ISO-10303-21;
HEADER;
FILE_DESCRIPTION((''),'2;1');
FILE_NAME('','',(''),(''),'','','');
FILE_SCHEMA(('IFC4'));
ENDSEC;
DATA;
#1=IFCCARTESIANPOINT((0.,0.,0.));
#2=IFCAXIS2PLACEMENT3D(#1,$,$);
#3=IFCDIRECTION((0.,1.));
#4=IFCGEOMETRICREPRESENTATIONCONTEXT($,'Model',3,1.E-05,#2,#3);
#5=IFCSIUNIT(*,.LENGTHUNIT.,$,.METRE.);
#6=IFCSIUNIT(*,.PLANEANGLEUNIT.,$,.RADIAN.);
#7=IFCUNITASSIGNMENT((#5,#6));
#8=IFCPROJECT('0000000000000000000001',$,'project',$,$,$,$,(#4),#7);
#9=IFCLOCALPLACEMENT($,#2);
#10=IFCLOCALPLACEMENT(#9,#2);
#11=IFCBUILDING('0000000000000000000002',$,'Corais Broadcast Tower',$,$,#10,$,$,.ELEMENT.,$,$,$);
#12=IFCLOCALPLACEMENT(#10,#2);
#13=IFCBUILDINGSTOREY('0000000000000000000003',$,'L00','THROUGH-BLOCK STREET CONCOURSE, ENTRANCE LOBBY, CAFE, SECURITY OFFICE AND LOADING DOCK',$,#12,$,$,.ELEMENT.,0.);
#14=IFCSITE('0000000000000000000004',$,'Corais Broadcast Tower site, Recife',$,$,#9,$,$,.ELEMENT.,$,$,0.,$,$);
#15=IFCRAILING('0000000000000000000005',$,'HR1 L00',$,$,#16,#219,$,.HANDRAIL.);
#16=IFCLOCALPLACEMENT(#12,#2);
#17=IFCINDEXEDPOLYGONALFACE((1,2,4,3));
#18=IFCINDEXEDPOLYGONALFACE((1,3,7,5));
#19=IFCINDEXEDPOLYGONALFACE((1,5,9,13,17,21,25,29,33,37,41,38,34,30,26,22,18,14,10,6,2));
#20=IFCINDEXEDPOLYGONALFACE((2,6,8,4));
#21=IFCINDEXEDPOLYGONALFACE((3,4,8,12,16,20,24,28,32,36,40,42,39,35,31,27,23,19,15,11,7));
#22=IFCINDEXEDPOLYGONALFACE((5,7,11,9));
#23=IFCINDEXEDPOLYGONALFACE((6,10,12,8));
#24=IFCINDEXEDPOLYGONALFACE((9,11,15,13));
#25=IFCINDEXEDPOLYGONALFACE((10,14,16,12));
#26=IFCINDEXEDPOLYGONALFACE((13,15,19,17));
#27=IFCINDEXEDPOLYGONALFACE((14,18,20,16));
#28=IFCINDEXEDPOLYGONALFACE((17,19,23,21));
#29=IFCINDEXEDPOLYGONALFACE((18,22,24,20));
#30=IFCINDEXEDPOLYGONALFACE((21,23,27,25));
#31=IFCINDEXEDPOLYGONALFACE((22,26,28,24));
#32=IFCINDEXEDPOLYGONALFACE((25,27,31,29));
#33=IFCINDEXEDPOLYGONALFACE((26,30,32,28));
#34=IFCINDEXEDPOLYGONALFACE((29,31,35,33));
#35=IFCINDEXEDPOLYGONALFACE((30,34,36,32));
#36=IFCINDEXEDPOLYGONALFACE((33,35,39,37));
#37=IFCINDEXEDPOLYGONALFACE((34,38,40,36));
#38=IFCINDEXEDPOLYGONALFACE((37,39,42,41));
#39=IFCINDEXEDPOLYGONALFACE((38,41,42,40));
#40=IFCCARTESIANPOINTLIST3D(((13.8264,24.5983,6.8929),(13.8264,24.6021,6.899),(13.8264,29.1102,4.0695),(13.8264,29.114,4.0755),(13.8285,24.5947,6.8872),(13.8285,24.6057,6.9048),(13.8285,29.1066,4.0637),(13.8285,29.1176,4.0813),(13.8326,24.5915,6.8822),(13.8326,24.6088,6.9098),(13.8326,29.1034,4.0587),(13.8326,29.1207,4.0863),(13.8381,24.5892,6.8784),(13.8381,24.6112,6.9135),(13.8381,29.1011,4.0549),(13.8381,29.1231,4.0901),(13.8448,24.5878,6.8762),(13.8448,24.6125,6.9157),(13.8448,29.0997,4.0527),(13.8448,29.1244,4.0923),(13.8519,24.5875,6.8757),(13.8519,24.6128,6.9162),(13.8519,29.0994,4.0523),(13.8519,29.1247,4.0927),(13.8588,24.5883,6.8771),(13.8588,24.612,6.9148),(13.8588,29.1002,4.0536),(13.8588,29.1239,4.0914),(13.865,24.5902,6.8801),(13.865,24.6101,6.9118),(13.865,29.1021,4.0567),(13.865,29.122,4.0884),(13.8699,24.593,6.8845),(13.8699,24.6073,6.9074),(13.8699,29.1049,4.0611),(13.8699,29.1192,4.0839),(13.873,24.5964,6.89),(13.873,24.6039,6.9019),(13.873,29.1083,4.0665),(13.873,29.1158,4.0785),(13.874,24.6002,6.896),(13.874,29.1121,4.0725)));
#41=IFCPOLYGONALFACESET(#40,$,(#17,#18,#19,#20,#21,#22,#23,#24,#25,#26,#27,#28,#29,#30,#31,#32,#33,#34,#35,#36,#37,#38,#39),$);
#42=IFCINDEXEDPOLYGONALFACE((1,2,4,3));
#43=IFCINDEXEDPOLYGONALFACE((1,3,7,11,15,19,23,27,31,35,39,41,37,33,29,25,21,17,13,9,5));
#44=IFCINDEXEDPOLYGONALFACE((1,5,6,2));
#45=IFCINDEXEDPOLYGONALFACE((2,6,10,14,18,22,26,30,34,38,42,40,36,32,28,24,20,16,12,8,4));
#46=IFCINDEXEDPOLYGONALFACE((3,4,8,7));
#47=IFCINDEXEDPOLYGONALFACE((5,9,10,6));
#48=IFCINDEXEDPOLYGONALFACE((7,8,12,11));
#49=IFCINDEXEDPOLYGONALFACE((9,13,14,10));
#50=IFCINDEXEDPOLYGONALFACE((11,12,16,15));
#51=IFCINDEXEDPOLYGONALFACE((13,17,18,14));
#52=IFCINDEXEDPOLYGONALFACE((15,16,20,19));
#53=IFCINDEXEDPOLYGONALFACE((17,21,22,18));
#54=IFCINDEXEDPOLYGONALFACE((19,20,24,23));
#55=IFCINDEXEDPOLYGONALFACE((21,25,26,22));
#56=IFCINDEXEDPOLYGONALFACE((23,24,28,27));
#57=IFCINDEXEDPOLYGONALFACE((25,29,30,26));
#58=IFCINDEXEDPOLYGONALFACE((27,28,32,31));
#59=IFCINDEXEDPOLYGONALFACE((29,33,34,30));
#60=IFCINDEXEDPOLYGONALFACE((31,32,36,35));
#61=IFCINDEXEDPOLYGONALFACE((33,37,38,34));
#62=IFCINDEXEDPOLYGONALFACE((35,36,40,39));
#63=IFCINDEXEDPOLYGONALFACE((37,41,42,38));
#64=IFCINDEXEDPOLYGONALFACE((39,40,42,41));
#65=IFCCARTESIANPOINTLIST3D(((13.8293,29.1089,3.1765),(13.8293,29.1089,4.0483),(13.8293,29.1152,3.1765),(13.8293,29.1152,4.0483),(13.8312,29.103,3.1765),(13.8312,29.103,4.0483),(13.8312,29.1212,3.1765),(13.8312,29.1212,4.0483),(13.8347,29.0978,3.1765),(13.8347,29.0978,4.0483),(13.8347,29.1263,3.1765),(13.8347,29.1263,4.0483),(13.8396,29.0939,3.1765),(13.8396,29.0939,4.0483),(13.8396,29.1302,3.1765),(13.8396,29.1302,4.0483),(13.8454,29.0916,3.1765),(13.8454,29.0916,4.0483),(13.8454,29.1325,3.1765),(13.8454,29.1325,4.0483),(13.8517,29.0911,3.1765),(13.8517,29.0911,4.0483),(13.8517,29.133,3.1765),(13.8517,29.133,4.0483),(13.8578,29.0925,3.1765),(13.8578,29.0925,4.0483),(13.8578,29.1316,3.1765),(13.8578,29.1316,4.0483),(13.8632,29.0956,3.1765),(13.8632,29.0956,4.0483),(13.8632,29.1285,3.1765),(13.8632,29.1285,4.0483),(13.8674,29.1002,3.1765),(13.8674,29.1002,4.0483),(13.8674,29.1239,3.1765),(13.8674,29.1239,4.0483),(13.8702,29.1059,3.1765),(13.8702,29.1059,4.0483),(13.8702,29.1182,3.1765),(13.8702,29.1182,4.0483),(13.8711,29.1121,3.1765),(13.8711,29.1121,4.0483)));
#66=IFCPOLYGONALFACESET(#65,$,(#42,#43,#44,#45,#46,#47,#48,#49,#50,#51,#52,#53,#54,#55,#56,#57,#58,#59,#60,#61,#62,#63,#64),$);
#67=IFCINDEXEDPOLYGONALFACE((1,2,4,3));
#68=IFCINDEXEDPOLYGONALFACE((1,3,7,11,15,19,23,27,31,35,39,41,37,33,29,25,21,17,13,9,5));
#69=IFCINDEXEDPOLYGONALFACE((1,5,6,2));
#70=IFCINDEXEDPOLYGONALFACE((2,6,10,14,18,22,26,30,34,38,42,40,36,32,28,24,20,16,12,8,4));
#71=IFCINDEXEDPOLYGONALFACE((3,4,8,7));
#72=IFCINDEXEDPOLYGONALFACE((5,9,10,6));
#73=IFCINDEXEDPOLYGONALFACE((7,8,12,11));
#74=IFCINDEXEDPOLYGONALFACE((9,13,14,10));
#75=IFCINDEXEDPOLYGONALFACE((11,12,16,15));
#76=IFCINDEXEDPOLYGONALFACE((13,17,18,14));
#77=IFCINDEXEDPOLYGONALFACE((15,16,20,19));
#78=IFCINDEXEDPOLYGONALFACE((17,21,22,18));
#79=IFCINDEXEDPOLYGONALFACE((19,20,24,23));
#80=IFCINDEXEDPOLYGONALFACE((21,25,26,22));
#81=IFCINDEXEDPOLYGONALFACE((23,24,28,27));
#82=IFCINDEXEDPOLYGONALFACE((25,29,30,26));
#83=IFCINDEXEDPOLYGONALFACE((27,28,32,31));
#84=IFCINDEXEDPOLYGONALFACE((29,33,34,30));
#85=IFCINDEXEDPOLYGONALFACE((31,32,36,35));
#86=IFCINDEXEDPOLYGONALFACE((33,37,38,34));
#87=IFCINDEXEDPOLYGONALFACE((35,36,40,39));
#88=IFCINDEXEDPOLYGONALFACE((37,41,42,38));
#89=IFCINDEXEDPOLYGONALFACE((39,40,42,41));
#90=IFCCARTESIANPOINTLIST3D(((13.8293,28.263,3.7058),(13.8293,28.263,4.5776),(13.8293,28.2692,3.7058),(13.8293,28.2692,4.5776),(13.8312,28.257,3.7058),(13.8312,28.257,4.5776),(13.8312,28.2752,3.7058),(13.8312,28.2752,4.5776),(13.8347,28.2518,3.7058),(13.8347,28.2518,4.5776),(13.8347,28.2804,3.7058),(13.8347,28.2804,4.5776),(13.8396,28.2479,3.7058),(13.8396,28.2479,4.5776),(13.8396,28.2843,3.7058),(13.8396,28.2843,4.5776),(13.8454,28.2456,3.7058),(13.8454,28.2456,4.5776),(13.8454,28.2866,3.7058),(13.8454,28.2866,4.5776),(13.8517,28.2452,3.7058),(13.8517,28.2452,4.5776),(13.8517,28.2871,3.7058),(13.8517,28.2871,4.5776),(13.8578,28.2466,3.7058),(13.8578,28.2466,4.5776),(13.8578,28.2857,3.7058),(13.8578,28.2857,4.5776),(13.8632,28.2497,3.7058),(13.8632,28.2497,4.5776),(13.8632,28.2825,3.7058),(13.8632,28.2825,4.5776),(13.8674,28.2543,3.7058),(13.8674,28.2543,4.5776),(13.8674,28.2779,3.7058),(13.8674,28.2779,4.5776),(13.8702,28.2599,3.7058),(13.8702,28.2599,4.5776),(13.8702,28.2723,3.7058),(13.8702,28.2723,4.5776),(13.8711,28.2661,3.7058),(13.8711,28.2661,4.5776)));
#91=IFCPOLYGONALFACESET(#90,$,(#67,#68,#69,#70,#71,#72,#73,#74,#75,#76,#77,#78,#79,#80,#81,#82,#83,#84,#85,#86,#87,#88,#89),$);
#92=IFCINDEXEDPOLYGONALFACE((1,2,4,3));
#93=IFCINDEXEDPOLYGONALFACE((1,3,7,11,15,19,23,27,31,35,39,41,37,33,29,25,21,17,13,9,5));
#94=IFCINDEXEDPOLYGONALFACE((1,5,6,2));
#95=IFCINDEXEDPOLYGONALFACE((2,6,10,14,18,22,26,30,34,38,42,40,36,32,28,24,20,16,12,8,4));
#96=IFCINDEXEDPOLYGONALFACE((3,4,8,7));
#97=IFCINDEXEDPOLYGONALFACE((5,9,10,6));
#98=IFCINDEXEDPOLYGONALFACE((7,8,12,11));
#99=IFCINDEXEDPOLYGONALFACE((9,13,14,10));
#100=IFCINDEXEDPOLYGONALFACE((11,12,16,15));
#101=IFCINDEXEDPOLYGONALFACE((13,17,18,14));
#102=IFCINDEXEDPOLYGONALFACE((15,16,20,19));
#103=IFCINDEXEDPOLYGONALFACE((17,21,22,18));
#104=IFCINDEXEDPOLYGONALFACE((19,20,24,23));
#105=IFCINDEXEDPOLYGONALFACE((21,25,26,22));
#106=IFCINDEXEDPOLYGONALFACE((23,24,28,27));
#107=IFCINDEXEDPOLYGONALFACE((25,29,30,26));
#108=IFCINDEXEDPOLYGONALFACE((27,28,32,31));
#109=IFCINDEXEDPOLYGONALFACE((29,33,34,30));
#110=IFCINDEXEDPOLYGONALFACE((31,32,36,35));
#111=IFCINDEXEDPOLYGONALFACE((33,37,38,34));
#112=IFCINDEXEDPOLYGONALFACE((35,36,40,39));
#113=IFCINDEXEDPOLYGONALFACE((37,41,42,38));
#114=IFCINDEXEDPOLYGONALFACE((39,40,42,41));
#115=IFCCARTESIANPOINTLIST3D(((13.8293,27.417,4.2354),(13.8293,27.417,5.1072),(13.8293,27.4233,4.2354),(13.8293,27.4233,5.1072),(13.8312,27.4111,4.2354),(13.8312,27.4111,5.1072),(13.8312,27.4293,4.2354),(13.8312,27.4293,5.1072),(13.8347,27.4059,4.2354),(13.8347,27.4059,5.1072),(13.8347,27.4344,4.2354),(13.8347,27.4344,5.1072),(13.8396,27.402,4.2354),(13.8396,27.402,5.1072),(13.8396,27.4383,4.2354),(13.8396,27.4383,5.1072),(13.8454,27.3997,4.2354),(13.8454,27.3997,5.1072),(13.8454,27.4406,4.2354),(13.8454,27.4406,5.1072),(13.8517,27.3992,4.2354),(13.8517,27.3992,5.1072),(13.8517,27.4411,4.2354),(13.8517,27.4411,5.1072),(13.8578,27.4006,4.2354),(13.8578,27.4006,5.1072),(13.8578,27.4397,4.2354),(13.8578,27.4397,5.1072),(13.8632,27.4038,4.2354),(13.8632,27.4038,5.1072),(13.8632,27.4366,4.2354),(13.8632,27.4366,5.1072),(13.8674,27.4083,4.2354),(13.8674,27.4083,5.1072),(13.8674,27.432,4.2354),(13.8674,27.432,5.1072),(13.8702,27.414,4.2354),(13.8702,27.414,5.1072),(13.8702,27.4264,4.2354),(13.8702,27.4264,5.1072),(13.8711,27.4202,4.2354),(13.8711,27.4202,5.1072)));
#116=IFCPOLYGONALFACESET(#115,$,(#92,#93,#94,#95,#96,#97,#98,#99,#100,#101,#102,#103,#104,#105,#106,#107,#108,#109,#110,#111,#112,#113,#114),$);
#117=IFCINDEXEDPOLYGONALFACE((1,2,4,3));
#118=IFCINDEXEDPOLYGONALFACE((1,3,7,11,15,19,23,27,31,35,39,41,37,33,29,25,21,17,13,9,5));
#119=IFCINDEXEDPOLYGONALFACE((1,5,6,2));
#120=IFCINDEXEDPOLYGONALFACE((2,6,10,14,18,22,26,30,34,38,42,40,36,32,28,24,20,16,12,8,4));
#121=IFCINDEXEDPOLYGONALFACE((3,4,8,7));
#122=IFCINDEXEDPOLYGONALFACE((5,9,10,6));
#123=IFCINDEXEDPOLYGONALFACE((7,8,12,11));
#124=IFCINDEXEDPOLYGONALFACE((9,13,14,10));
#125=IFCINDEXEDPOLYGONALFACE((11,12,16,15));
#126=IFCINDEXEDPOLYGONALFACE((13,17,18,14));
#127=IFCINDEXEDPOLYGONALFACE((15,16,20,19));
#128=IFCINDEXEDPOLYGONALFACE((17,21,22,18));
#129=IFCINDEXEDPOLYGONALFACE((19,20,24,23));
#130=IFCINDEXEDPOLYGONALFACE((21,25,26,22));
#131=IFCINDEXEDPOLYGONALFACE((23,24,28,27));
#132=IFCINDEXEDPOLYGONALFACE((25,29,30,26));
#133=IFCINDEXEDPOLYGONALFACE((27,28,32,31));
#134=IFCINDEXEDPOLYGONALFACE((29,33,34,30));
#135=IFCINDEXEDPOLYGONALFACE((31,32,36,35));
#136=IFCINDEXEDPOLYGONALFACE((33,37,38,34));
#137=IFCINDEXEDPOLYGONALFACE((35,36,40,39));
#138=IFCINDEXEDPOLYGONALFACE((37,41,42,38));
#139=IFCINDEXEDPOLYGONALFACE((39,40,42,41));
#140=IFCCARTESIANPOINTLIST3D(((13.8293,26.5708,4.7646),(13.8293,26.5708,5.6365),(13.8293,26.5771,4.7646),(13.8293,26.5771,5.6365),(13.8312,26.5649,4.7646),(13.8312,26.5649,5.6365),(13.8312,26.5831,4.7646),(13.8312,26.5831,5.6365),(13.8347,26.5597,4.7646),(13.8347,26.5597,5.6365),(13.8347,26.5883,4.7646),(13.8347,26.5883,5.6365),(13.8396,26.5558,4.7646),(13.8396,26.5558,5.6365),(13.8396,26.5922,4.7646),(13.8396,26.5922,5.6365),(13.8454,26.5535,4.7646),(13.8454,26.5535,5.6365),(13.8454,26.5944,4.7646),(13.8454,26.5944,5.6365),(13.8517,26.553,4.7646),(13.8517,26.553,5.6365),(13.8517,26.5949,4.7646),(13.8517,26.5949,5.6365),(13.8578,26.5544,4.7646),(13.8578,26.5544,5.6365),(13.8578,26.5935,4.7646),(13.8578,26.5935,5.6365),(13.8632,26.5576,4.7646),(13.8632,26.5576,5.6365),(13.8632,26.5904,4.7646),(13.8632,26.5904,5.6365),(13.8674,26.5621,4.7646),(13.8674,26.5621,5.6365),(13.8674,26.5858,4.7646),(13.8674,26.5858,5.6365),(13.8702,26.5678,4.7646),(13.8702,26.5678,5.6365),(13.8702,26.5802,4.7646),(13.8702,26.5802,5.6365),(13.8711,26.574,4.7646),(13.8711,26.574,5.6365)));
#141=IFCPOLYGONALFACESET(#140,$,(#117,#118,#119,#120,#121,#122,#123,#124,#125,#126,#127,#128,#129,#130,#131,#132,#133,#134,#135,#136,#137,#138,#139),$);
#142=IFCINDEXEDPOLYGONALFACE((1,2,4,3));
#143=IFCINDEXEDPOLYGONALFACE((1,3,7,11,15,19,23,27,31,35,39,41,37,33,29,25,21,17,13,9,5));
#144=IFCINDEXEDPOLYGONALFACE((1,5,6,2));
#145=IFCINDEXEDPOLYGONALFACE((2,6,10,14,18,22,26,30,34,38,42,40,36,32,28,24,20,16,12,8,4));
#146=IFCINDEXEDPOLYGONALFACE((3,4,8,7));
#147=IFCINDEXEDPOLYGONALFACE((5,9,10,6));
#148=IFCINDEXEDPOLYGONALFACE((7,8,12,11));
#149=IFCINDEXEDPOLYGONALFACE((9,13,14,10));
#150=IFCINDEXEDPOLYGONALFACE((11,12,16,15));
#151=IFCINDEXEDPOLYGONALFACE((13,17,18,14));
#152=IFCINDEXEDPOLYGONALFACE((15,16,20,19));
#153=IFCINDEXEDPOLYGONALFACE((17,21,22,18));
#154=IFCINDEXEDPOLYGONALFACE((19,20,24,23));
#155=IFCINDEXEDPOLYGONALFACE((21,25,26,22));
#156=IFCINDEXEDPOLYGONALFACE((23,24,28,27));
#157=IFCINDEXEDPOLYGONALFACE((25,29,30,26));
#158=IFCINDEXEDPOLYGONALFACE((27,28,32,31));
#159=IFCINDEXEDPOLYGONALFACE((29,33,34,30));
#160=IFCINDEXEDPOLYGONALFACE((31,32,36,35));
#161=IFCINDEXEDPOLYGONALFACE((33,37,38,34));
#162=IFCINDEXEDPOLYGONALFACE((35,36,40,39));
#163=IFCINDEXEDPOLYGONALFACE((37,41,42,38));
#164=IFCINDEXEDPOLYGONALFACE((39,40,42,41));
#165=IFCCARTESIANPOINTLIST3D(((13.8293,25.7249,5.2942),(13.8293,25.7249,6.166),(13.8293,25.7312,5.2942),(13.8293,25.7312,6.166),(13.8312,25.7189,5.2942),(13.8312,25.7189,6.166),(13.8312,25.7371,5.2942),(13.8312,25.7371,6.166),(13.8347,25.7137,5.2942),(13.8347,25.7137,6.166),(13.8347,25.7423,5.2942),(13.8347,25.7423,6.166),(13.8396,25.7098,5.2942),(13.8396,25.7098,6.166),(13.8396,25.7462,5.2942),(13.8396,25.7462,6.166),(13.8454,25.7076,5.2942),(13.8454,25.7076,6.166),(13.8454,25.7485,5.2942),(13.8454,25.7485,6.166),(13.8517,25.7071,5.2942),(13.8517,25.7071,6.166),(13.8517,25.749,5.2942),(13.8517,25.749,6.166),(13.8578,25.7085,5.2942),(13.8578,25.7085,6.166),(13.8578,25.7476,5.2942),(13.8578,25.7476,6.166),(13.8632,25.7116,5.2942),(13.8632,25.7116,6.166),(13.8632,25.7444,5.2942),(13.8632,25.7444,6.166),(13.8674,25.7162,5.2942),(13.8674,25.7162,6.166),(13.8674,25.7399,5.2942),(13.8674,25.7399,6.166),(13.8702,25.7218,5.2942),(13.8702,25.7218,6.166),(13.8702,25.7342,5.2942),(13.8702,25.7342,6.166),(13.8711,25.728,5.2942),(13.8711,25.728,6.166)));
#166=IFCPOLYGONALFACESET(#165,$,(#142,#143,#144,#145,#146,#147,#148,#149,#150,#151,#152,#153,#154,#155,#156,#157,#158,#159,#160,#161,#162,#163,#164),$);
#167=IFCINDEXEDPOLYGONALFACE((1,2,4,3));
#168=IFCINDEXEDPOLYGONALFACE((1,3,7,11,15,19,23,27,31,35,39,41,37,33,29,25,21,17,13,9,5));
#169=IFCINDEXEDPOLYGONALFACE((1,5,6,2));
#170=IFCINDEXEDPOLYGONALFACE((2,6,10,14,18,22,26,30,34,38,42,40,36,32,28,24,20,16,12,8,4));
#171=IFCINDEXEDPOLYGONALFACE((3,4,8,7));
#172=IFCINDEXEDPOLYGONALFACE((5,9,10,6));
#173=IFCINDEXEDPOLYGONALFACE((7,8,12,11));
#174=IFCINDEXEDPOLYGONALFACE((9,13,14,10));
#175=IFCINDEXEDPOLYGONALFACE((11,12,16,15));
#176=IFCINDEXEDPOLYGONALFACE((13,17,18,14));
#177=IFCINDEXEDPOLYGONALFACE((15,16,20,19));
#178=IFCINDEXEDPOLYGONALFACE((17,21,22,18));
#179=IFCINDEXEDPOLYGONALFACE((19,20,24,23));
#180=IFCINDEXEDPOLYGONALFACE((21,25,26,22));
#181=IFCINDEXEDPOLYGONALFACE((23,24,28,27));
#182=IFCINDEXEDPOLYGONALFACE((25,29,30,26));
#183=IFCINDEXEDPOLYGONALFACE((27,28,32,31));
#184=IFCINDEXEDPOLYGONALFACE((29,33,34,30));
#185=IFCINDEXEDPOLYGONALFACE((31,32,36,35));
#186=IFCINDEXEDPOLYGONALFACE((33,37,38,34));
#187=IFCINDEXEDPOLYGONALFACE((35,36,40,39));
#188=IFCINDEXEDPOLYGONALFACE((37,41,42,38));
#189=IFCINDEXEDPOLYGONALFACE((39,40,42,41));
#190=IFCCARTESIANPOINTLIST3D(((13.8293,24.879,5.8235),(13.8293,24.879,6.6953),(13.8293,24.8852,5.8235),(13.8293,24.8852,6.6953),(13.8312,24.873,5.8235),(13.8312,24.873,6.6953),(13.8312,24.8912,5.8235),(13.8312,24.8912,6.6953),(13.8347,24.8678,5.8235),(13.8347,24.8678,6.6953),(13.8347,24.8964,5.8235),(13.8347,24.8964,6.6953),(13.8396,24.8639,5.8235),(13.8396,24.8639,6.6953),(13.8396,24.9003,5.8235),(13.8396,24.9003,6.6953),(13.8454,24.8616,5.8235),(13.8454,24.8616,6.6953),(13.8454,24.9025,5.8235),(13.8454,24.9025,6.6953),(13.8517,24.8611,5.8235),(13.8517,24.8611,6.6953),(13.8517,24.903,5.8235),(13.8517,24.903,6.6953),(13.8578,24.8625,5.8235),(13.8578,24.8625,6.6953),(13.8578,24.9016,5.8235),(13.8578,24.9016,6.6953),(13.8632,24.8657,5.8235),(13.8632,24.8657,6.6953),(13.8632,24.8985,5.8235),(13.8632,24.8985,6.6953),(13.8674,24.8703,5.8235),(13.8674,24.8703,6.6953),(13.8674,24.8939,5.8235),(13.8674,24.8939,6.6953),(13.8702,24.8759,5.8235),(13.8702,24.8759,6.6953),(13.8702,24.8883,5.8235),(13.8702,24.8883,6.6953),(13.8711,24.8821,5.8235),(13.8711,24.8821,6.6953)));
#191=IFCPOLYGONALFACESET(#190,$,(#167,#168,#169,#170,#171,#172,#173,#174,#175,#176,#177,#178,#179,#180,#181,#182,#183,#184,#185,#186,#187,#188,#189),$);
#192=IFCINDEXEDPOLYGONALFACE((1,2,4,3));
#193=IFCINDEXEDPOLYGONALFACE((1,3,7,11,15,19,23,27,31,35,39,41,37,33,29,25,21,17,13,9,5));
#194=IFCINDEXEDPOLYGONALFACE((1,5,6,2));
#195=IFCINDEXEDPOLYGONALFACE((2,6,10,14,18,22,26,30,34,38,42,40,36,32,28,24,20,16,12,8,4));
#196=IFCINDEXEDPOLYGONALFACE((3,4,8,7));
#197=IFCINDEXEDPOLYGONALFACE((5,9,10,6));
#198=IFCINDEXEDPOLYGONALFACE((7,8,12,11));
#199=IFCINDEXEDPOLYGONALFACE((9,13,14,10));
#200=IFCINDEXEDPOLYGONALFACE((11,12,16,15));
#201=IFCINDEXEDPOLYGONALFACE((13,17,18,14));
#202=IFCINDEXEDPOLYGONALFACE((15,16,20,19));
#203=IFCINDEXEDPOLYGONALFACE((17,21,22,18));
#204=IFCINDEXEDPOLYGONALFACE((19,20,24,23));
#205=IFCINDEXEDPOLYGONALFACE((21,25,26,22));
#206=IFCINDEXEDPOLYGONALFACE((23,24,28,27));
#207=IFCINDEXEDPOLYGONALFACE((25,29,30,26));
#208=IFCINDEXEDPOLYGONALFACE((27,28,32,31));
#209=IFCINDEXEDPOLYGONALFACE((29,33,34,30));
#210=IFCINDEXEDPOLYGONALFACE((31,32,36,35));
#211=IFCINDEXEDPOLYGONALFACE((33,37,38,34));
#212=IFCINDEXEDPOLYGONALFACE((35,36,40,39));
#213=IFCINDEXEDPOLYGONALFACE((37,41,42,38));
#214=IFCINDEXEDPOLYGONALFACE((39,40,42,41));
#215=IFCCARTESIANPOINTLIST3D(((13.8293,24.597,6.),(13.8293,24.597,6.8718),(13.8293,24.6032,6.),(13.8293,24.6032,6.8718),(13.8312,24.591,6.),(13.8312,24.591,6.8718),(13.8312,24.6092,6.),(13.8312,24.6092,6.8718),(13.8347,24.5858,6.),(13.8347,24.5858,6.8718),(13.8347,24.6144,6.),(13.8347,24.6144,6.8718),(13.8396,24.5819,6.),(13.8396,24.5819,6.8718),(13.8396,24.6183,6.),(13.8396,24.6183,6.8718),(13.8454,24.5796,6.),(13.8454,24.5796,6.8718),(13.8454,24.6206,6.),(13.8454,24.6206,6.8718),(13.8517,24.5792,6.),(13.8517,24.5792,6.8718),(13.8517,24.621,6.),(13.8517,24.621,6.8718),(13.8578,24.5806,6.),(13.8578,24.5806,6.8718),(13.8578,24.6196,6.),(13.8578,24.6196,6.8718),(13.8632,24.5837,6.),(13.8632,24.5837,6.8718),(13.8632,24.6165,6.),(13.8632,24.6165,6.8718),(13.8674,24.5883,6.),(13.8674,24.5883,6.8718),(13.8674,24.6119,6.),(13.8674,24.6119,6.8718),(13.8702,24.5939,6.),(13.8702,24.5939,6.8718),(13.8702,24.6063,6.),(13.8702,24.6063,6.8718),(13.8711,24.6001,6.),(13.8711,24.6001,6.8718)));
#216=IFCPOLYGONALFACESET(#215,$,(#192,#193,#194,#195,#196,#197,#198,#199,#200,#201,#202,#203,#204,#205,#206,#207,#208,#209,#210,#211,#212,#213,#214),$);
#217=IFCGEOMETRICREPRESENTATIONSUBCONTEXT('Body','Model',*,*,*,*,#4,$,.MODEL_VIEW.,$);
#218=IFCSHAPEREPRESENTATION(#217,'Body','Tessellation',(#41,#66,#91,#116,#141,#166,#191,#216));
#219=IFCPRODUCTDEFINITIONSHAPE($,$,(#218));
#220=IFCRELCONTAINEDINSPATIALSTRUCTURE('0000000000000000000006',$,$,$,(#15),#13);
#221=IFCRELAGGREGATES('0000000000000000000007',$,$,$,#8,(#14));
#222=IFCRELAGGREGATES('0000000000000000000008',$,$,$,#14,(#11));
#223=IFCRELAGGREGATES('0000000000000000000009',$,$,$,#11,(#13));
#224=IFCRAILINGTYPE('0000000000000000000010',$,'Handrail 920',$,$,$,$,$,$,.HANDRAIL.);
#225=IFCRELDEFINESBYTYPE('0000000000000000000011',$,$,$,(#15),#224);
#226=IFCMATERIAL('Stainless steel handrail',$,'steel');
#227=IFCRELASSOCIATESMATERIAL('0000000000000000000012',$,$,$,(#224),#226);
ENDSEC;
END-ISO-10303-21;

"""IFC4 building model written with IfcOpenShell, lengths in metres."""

from ifc_helpers import new_model, si_unit, direction, frame, origin, origin_2d, place, context, subcontext, project, spatial, circle, extrude, material, type_object, element, save


model = new_model("IFC4")

# Units and contexts
model_context = context("Model", 3, precision=1e-05, world=origin(), true_north=direction((0.0, 1.0)))
body_context = subcontext(model_context, "Body", "Model", "MODEL_VIEW")
ifc_project = project(units=[si_unit("LENGTHUNIT", "METRE"), si_unit("PLANEANGLEUNIT", "RADIAN")], contexts=[model_context])

# Site, building, storey
site_placement = place(None, origin())
site = spatial("IfcSite", under=ifc_project, at=site_placement, Name="Corais Broadcast Tower site, Recife", CompositionType="ELEMENT", RefElevation=0.0)
building_placement = place(site_placement, origin())
building = spatial("IfcBuilding", under=site, at=building_placement, Name="Corais Broadcast Tower", CompositionType="ELEMENT")
storey_placement = place(building_placement, origin())
storey = spatial("IfcBuildingStorey", under=building, at=storey_placement, Name="L00", Description="THROUGH-BLOCK STREET CONCOURSE, ENTRANCE LOBBY, CAFE, SECURITY OFFICE AND LOADING DOCK", CompositionType="ELEMENT", Elevation=0.0)

# Railing
ifc_material_1 = material(Name="Stainless steel handrail", Category="steel")
railing_type = type_object("IfcRailingType", Name="Handrail 920", PredefinedType="HANDRAIL", material=ifc_material_1)
for number, where, name in (
    (1, (13.8501, 29.1121, 3.1765), "HR1 L00"),
):
    element("IfcRailing", number, at=place(storey_placement, frame(where)), inside=storey, type_object=railing_type, Name=name, PredefinedType="HANDRAIL", context=body_context, shape_type="SweptSolid", body=[
        extrude(circle(Radius=0.0239, at=origin_2d()), frame((0.0, 0.0, 0.896), z_axis=(0.0, -0.847702, 0.530473), x_axis=(1.0, 0.0, 0.0)), (0.0, 0.0, 1.0), 5.3225),
        extrude(circle(Radius=0.021, at=origin_2d()), origin(), (0.0, 0.0, 1.0), 0.8718),
        extrude(circle(Radius=0.021, at=origin_2d()), frame((0.0, -0.8459, 0.5293)), (0.0, 0.0, 1.0), 0.8718),
        extrude(circle(Radius=0.021, at=origin_2d()), frame((0.0, -1.6919, 1.0588)), (0.0, 0.0, 1.0), 0.8718),
        extrude(circle(Radius=0.021, at=origin_2d()), frame((0.0, -2.5381, 1.5881)), (0.0, 0.0, 1.0), 0.8718),
        extrude(circle(Radius=0.021, at=origin_2d()), frame((0.0, -3.384, 2.1177)), (0.0, 0.0, 1.0), 0.8718),
        extrude(circle(Radius=0.021, at=origin_2d()), frame((0.0, -4.23, 2.647)), (0.0, 0.0, 1.0), 0.8718),
        extrude(circle(Radius=0.021, at=origin_2d()), frame((0.0, -4.512, 2.8235)), (0.0, 0.0, 1.0), 0.8718),
    ])

save(model, "model.ifc")
